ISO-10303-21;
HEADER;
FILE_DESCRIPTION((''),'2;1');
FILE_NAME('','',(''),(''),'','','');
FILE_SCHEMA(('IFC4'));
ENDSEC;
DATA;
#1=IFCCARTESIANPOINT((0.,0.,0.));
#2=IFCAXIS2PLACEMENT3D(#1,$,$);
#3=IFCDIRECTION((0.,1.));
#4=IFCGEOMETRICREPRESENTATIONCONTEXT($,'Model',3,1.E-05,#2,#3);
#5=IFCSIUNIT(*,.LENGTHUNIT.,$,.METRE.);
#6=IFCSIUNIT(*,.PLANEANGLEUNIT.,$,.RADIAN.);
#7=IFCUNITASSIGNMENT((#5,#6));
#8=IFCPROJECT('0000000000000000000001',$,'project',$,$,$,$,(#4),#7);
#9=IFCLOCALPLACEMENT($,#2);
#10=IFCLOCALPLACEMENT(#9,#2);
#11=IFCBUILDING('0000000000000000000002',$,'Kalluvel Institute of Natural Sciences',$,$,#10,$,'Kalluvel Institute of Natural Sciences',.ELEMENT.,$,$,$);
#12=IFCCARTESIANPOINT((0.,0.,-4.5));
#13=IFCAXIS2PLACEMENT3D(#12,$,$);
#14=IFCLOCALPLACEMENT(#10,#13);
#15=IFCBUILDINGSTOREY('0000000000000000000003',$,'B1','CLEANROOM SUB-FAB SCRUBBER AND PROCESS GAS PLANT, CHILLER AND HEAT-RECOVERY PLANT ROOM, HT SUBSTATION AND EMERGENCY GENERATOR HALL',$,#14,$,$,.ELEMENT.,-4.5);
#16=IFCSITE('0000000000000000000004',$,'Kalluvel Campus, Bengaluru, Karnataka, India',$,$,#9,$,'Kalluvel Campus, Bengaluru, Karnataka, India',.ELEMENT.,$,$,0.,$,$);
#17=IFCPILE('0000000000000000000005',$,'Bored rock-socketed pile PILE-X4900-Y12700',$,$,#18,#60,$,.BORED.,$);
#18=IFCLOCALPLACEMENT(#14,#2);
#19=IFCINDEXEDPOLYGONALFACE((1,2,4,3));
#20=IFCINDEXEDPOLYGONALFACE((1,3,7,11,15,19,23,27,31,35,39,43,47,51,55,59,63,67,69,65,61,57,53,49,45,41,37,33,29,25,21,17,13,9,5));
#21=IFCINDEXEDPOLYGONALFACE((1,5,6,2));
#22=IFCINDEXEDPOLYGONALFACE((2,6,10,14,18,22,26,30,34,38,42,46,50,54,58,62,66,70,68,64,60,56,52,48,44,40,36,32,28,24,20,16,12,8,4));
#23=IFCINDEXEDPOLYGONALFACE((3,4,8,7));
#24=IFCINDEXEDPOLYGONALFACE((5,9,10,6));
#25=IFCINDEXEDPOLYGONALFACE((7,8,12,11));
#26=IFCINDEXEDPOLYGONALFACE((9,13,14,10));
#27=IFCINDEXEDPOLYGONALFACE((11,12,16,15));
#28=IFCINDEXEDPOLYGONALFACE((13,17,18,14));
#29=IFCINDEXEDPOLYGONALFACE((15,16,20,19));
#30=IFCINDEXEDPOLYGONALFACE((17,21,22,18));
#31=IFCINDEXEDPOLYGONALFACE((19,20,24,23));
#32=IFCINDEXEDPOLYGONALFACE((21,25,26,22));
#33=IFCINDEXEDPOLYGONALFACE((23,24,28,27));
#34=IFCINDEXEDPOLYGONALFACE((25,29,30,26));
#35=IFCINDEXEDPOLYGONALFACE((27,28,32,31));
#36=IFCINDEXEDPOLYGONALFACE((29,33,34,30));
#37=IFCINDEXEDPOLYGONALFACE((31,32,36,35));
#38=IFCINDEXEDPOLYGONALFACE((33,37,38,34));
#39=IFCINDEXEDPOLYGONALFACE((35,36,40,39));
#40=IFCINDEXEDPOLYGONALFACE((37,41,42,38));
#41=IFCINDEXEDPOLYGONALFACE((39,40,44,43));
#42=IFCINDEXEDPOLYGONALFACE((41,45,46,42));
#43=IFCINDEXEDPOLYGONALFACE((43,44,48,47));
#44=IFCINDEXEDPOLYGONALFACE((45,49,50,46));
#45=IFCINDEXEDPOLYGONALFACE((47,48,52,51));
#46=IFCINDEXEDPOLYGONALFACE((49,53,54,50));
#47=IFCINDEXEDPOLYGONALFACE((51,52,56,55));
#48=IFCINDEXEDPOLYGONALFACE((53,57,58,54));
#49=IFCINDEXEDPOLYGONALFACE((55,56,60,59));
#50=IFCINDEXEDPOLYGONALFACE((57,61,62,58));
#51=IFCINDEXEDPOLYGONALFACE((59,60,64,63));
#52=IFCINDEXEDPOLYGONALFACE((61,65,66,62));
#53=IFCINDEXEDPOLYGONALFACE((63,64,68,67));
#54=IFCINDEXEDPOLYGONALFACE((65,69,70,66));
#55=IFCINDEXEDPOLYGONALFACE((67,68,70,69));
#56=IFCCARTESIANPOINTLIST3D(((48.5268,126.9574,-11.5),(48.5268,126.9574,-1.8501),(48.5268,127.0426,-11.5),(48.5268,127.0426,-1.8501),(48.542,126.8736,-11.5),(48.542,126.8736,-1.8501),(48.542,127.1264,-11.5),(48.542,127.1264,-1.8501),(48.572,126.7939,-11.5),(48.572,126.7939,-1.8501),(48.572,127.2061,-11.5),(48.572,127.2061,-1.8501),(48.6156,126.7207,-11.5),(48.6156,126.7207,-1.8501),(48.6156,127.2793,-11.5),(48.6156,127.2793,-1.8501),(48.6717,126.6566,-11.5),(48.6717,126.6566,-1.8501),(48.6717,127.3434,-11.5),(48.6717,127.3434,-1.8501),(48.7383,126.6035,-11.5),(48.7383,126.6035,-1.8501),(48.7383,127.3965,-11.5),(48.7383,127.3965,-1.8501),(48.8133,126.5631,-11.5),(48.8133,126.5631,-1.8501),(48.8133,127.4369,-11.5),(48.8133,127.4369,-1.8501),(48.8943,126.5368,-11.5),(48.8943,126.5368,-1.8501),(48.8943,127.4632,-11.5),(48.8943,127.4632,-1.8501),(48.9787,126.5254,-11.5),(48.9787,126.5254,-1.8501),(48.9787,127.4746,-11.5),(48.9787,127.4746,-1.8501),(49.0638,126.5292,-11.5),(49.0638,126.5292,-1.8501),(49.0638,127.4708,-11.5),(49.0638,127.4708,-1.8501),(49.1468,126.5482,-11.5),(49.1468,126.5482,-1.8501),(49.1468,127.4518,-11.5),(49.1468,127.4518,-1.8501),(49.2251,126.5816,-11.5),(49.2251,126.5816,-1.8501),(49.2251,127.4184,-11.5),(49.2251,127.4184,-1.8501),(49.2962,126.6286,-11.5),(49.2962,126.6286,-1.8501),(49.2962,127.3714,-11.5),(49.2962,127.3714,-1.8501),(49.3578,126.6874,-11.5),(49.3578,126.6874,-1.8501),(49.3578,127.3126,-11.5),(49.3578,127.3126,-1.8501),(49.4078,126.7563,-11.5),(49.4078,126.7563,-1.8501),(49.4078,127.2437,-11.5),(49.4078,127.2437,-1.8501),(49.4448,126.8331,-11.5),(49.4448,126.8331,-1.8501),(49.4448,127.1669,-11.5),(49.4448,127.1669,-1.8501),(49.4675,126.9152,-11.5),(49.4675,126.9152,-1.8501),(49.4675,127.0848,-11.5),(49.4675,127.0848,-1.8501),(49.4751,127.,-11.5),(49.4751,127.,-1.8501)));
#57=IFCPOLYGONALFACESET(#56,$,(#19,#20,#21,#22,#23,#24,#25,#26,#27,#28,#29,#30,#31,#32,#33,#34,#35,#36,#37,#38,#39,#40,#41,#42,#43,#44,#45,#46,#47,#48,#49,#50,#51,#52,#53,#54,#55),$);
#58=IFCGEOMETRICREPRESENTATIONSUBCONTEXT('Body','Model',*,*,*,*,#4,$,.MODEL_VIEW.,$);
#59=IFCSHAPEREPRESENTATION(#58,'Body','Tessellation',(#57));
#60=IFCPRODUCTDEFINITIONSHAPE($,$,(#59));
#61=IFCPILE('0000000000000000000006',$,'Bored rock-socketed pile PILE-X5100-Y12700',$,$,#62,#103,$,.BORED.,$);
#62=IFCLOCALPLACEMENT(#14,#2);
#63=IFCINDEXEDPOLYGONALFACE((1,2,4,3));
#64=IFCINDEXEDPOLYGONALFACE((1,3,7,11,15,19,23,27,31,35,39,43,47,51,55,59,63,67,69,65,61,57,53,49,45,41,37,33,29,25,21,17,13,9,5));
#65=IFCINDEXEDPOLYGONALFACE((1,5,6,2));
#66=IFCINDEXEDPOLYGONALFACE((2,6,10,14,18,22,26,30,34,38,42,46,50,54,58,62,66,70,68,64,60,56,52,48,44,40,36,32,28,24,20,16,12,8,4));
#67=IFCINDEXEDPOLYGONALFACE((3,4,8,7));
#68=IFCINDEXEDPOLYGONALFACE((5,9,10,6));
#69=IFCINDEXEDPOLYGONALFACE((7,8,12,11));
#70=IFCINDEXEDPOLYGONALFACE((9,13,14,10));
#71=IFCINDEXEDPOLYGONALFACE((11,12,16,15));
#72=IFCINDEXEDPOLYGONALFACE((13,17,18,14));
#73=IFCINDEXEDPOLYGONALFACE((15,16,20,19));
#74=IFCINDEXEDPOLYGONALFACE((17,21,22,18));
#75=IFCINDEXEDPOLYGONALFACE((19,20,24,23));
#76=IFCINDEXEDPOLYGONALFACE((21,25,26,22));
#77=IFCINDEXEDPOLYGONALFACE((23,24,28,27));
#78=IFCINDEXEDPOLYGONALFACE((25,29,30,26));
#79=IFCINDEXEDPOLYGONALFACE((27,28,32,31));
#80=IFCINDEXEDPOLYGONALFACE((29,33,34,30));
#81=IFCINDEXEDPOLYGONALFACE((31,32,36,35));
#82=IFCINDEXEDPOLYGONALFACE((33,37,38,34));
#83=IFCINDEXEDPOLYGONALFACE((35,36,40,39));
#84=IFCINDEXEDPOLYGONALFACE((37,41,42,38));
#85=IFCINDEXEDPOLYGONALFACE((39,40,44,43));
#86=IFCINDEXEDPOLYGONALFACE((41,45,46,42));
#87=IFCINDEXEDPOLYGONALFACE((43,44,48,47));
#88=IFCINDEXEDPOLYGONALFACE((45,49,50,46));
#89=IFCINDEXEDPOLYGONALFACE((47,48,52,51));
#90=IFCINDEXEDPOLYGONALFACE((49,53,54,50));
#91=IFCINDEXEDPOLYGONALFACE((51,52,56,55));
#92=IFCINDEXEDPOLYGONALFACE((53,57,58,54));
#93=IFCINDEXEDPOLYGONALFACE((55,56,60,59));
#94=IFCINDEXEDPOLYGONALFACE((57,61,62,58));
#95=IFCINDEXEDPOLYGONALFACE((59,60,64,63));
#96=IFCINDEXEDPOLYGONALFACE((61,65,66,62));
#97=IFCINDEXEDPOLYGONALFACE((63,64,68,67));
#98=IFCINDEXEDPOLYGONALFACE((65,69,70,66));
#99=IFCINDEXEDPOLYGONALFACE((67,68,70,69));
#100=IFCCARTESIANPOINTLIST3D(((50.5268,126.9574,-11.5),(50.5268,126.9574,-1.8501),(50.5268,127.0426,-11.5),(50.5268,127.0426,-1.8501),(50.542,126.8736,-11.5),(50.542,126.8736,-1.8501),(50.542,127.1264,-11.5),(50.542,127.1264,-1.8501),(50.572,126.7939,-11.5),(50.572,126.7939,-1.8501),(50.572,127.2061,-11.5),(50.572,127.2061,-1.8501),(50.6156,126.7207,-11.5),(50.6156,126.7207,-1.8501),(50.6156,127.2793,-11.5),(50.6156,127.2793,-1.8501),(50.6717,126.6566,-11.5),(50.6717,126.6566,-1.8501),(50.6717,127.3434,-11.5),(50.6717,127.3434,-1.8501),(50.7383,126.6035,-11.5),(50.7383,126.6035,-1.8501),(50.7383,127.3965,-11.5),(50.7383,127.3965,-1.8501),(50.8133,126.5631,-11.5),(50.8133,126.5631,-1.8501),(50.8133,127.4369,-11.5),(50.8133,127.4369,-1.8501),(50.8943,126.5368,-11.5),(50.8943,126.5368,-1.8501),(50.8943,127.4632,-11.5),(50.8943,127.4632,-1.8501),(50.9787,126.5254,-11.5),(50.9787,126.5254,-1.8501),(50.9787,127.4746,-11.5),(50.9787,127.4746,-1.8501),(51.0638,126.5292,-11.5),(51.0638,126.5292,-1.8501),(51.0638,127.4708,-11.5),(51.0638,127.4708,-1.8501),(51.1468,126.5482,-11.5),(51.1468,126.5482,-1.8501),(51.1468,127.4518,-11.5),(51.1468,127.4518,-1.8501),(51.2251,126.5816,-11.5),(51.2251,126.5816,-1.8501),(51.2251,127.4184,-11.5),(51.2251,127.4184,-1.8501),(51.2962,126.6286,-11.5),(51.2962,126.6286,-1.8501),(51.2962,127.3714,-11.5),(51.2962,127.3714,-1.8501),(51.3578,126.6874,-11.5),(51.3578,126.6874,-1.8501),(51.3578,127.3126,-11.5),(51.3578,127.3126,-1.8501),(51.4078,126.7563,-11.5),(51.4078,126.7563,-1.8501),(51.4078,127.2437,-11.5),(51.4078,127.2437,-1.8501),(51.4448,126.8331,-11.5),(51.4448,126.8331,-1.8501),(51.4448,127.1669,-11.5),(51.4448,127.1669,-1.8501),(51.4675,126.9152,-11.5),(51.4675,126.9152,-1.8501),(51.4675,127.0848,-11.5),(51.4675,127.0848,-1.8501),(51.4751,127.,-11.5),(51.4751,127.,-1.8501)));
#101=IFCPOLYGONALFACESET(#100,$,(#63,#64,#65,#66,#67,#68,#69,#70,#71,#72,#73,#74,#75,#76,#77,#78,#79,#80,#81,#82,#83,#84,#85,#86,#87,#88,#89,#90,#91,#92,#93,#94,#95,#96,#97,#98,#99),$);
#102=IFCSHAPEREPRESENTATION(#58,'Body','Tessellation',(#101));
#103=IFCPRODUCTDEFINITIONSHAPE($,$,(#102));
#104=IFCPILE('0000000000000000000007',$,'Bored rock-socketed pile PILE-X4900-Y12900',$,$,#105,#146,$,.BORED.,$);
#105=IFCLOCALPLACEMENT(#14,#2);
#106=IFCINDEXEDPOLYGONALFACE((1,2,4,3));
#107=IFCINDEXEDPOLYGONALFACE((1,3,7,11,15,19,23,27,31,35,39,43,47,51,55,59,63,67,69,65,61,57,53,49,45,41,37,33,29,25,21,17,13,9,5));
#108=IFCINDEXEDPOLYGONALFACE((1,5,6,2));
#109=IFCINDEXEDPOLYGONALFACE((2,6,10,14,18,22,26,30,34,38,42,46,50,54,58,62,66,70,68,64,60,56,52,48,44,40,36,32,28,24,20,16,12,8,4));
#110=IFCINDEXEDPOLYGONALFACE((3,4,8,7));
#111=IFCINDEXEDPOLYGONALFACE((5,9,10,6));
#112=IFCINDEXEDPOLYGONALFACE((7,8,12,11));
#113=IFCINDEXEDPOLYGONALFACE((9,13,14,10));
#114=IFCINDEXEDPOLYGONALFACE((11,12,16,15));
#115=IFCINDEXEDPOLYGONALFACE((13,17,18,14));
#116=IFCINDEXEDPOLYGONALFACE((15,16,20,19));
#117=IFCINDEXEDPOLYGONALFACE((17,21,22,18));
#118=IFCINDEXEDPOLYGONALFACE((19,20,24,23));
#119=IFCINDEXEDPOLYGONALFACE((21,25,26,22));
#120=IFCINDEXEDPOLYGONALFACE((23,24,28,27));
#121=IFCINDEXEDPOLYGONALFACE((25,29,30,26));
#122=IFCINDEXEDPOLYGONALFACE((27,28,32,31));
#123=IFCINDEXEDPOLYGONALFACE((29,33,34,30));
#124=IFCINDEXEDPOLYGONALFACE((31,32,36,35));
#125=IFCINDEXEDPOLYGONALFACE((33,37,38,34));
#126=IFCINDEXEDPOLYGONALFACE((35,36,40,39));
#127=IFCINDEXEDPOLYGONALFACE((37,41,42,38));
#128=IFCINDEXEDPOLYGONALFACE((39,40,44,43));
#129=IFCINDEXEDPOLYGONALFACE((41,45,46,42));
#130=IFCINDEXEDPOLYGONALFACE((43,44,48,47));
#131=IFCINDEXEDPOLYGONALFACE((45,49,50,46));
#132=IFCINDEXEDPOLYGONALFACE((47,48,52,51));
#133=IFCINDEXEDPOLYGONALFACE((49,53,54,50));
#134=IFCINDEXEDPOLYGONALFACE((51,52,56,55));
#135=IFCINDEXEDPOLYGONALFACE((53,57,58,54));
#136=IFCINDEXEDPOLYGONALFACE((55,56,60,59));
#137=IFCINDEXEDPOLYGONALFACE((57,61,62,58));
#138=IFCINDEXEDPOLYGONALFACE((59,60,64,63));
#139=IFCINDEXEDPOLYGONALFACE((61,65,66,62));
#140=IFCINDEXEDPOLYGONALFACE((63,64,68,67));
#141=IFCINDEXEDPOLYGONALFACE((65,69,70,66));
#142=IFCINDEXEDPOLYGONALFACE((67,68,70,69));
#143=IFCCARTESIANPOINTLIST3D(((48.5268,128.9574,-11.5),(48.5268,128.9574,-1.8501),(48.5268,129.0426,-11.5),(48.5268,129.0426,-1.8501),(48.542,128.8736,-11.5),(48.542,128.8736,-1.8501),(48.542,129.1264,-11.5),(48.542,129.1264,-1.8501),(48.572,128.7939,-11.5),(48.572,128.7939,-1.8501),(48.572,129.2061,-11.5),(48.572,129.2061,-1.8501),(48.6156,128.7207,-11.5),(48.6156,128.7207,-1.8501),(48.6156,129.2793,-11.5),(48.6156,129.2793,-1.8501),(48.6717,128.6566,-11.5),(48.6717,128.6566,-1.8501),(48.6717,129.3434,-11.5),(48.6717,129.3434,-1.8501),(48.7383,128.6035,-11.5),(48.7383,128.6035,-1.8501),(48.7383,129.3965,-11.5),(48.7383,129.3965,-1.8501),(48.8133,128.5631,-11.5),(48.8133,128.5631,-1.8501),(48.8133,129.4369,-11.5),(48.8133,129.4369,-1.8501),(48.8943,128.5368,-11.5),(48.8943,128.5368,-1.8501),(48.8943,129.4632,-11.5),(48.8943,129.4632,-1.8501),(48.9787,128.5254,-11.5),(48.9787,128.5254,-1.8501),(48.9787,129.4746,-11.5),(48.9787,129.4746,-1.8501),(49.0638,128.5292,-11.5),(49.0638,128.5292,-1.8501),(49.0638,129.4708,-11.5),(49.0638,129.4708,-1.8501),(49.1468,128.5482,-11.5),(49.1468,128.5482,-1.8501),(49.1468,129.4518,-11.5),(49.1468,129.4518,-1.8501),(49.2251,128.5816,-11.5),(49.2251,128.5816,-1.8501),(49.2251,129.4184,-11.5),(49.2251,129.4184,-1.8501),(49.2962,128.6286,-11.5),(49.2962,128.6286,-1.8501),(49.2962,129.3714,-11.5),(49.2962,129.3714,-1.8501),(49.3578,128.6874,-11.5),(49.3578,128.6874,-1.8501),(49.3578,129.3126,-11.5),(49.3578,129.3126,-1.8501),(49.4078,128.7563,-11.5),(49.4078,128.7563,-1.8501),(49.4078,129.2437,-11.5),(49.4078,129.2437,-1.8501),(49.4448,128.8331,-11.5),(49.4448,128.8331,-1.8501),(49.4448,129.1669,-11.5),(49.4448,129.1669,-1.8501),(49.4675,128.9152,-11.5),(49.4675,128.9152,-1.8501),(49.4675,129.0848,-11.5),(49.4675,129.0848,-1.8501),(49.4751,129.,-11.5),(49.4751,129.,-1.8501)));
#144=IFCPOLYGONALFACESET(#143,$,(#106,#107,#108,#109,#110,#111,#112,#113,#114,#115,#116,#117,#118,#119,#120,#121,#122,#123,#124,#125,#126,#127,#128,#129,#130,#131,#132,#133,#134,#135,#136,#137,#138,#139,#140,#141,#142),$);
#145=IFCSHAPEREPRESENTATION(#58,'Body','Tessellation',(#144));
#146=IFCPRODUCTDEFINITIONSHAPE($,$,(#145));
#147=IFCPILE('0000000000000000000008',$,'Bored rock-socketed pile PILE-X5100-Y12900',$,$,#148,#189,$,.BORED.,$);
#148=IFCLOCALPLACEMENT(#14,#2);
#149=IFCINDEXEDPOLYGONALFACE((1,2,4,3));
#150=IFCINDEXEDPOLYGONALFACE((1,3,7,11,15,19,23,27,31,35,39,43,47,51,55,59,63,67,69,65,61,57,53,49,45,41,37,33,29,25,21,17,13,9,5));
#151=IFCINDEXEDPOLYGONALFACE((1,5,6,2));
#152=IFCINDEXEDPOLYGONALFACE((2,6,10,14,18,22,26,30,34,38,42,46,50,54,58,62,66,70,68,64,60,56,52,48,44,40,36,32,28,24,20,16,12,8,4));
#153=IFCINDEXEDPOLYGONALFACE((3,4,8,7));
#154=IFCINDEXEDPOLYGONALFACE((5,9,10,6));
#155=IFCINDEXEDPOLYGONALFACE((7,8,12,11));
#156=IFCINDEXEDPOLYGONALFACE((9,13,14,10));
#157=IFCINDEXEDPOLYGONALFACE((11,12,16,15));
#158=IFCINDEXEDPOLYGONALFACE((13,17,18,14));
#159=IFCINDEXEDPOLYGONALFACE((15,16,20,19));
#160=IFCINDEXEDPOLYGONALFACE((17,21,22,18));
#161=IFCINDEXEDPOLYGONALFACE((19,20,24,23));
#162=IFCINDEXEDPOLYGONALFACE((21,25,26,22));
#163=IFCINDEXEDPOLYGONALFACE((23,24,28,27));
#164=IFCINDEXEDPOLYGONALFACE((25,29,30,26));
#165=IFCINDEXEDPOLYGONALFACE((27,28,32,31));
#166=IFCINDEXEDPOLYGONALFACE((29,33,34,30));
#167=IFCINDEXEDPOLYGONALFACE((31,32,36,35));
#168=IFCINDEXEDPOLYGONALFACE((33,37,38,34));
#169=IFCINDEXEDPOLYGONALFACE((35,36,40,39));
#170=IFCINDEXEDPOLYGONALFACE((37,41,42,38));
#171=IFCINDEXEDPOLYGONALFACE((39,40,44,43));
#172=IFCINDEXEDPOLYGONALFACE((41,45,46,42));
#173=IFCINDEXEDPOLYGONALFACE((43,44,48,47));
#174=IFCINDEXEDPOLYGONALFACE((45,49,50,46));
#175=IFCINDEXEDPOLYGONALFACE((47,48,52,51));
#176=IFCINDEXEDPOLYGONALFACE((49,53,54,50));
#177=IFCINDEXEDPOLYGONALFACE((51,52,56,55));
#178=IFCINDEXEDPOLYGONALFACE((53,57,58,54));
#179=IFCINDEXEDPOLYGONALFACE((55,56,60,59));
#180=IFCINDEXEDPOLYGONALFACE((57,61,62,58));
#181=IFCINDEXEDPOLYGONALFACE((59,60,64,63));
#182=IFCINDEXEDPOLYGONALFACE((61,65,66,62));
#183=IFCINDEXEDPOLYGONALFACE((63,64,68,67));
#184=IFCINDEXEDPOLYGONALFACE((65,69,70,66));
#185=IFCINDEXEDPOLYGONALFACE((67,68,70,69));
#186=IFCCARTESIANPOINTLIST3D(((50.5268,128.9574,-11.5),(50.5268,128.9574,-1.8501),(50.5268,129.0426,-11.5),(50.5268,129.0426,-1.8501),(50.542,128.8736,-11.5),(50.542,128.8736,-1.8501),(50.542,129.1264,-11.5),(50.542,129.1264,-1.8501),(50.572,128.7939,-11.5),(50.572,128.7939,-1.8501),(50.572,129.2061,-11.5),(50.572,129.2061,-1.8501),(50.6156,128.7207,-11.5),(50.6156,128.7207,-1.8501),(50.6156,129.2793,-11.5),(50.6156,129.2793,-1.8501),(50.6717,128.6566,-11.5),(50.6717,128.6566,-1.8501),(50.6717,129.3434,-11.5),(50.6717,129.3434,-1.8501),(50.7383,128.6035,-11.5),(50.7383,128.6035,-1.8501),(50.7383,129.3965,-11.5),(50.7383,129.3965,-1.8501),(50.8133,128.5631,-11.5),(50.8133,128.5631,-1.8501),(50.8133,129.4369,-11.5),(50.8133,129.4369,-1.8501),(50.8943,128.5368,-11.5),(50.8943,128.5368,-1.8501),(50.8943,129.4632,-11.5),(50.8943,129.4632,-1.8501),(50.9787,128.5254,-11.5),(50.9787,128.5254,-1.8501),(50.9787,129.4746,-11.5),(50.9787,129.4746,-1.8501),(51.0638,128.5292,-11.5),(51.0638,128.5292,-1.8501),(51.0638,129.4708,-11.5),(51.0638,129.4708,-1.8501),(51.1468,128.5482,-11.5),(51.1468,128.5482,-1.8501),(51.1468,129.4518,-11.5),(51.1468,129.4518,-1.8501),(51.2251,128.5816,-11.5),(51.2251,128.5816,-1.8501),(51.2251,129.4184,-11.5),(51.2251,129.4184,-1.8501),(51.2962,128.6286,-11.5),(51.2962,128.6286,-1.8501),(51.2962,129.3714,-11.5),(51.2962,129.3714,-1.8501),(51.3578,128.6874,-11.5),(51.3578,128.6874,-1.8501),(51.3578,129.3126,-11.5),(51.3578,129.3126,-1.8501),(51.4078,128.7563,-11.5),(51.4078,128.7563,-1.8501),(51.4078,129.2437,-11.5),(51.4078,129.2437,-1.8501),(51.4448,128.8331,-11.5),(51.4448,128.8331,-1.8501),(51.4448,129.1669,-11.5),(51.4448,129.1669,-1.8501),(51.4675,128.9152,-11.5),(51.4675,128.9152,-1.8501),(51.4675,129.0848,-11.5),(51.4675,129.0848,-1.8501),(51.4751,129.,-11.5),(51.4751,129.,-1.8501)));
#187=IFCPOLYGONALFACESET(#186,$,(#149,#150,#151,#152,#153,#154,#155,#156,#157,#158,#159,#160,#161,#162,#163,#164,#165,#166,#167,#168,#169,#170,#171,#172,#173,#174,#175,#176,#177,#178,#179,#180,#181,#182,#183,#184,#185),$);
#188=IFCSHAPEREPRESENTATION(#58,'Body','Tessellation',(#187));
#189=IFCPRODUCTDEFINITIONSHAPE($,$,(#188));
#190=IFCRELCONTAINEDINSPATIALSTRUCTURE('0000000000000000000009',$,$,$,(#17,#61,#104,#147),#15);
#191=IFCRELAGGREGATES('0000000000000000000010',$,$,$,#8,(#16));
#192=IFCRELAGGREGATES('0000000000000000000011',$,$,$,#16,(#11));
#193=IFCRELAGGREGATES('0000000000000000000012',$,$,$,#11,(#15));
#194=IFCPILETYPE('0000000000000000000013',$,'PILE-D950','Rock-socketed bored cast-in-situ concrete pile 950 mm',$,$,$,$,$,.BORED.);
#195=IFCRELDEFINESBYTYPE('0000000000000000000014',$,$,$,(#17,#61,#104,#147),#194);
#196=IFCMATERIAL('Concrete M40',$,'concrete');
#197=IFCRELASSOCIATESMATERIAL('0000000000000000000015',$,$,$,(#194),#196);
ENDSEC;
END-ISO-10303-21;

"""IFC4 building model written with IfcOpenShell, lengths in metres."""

from ifc_helpers import new_model, si_unit, direction, frame, origin, origin_2d, place, context, subcontext, project, spatial, circle, extrude, material, material_profile, profile_set, type_object, element, save


model = new_model("IFC4")

# Units and contexts
model_context = context("Model", 3, precision=1e-05, world=origin(), true_north=direction((0.0, 1.0)))
body_context = subcontext(model_context, "Body", "Model", "MODEL_VIEW")
ifc_project = project(units=[si_unit("LENGTHUNIT", "METRE"), si_unit("PLANEANGLEUNIT", "RADIAN")], contexts=[model_context])

# Site, building, storey
site_placement = place(None, origin())
site = spatial("IfcSite", under=ifc_project, at=site_placement, Name="Kalluvel Campus, Bengaluru, Karnataka, India", LongName="Kalluvel Campus, Bengaluru, Karnataka, India", CompositionType="ELEMENT", RefElevation=0.0)
building_placement = place(site_placement, origin())
building = spatial("IfcBuilding", under=site, at=building_placement, Name="Kalluvel Institute of Natural Sciences", LongName="Kalluvel Institute of Natural Sciences", CompositionType="ELEMENT")
storey_placement = place(building_placement, frame((0.0, 0.0, -4.5)))
storey = spatial("IfcBuildingStorey", under=building, at=storey_placement, Name="B1", Description="CLEANROOM SUB-FAB SCRUBBER AND PROCESS GAS PLANT, CHILLER AND HEAT-RECOVERY PLANT ROOM, HT SUBSTATION AND EMERGENCY GENERATOR HALL", CompositionType="ELEMENT", Elevation=-4.5)

# Shared definitions
ifc_material_1 = material(Name="Concrete M40", Category="concrete")

# Piles
ifc_material_profile_1 = material_profile(ifc_material_1, circle(Radius=0.4751, at=origin_2d()), Name="PILE D950")
ifc_profile_set_1 = profile_set([ifc_material_profile_1], Name="Concrete M40")
pile_type_1 = type_object("IfcPileType", Name="PILE-D950", Description="Rock-socketed bored cast-in-situ concrete pile 950 mm", PredefinedType="BORED", material=ifc_profile_set_1)
for number, where, z_axis, x_axis, name in (
    (1, (49.0, 127.0, -1.8501), (0.0, 0.0, -1.0), (1.0, 0.0, 0.0), "Bored rock-socketed pile PILE-X4900-Y12700"),
    (2, (51.0, 127.0, -1.8501), (0.0, 0.0, -1.0), (1.0, 0.0, 0.0), "Bored rock-socketed pile PILE-X5100-Y12700"),
    (3, (49.0, 129.0, -1.8501), (0.0, 0.0, -1.0), (1.0, 0.0, 0.0), "Bored rock-socketed pile PILE-X4900-Y12900"),
    (4, (51.0, 129.0, -1.8501), (0.0, 0.0, -1.0), (1.0, 0.0, 0.0), "Bored rock-socketed pile PILE-X5100-Y12900"),
):
    element("IfcPile", number, at=place(storey_placement, frame(where, z_axis=z_axis, x_axis=x_axis)), inside=storey, type_object=pile_type_1, Name=name, PredefinedType="BORED", context=body_context, shape_type="SweptSolid", body=[
        extrude(circle(Radius=0.4751, at=origin_2d()), origin(), (0.0, 0.0, 1.0), 9.6499),
    ])

save(model, "model.ifc")
